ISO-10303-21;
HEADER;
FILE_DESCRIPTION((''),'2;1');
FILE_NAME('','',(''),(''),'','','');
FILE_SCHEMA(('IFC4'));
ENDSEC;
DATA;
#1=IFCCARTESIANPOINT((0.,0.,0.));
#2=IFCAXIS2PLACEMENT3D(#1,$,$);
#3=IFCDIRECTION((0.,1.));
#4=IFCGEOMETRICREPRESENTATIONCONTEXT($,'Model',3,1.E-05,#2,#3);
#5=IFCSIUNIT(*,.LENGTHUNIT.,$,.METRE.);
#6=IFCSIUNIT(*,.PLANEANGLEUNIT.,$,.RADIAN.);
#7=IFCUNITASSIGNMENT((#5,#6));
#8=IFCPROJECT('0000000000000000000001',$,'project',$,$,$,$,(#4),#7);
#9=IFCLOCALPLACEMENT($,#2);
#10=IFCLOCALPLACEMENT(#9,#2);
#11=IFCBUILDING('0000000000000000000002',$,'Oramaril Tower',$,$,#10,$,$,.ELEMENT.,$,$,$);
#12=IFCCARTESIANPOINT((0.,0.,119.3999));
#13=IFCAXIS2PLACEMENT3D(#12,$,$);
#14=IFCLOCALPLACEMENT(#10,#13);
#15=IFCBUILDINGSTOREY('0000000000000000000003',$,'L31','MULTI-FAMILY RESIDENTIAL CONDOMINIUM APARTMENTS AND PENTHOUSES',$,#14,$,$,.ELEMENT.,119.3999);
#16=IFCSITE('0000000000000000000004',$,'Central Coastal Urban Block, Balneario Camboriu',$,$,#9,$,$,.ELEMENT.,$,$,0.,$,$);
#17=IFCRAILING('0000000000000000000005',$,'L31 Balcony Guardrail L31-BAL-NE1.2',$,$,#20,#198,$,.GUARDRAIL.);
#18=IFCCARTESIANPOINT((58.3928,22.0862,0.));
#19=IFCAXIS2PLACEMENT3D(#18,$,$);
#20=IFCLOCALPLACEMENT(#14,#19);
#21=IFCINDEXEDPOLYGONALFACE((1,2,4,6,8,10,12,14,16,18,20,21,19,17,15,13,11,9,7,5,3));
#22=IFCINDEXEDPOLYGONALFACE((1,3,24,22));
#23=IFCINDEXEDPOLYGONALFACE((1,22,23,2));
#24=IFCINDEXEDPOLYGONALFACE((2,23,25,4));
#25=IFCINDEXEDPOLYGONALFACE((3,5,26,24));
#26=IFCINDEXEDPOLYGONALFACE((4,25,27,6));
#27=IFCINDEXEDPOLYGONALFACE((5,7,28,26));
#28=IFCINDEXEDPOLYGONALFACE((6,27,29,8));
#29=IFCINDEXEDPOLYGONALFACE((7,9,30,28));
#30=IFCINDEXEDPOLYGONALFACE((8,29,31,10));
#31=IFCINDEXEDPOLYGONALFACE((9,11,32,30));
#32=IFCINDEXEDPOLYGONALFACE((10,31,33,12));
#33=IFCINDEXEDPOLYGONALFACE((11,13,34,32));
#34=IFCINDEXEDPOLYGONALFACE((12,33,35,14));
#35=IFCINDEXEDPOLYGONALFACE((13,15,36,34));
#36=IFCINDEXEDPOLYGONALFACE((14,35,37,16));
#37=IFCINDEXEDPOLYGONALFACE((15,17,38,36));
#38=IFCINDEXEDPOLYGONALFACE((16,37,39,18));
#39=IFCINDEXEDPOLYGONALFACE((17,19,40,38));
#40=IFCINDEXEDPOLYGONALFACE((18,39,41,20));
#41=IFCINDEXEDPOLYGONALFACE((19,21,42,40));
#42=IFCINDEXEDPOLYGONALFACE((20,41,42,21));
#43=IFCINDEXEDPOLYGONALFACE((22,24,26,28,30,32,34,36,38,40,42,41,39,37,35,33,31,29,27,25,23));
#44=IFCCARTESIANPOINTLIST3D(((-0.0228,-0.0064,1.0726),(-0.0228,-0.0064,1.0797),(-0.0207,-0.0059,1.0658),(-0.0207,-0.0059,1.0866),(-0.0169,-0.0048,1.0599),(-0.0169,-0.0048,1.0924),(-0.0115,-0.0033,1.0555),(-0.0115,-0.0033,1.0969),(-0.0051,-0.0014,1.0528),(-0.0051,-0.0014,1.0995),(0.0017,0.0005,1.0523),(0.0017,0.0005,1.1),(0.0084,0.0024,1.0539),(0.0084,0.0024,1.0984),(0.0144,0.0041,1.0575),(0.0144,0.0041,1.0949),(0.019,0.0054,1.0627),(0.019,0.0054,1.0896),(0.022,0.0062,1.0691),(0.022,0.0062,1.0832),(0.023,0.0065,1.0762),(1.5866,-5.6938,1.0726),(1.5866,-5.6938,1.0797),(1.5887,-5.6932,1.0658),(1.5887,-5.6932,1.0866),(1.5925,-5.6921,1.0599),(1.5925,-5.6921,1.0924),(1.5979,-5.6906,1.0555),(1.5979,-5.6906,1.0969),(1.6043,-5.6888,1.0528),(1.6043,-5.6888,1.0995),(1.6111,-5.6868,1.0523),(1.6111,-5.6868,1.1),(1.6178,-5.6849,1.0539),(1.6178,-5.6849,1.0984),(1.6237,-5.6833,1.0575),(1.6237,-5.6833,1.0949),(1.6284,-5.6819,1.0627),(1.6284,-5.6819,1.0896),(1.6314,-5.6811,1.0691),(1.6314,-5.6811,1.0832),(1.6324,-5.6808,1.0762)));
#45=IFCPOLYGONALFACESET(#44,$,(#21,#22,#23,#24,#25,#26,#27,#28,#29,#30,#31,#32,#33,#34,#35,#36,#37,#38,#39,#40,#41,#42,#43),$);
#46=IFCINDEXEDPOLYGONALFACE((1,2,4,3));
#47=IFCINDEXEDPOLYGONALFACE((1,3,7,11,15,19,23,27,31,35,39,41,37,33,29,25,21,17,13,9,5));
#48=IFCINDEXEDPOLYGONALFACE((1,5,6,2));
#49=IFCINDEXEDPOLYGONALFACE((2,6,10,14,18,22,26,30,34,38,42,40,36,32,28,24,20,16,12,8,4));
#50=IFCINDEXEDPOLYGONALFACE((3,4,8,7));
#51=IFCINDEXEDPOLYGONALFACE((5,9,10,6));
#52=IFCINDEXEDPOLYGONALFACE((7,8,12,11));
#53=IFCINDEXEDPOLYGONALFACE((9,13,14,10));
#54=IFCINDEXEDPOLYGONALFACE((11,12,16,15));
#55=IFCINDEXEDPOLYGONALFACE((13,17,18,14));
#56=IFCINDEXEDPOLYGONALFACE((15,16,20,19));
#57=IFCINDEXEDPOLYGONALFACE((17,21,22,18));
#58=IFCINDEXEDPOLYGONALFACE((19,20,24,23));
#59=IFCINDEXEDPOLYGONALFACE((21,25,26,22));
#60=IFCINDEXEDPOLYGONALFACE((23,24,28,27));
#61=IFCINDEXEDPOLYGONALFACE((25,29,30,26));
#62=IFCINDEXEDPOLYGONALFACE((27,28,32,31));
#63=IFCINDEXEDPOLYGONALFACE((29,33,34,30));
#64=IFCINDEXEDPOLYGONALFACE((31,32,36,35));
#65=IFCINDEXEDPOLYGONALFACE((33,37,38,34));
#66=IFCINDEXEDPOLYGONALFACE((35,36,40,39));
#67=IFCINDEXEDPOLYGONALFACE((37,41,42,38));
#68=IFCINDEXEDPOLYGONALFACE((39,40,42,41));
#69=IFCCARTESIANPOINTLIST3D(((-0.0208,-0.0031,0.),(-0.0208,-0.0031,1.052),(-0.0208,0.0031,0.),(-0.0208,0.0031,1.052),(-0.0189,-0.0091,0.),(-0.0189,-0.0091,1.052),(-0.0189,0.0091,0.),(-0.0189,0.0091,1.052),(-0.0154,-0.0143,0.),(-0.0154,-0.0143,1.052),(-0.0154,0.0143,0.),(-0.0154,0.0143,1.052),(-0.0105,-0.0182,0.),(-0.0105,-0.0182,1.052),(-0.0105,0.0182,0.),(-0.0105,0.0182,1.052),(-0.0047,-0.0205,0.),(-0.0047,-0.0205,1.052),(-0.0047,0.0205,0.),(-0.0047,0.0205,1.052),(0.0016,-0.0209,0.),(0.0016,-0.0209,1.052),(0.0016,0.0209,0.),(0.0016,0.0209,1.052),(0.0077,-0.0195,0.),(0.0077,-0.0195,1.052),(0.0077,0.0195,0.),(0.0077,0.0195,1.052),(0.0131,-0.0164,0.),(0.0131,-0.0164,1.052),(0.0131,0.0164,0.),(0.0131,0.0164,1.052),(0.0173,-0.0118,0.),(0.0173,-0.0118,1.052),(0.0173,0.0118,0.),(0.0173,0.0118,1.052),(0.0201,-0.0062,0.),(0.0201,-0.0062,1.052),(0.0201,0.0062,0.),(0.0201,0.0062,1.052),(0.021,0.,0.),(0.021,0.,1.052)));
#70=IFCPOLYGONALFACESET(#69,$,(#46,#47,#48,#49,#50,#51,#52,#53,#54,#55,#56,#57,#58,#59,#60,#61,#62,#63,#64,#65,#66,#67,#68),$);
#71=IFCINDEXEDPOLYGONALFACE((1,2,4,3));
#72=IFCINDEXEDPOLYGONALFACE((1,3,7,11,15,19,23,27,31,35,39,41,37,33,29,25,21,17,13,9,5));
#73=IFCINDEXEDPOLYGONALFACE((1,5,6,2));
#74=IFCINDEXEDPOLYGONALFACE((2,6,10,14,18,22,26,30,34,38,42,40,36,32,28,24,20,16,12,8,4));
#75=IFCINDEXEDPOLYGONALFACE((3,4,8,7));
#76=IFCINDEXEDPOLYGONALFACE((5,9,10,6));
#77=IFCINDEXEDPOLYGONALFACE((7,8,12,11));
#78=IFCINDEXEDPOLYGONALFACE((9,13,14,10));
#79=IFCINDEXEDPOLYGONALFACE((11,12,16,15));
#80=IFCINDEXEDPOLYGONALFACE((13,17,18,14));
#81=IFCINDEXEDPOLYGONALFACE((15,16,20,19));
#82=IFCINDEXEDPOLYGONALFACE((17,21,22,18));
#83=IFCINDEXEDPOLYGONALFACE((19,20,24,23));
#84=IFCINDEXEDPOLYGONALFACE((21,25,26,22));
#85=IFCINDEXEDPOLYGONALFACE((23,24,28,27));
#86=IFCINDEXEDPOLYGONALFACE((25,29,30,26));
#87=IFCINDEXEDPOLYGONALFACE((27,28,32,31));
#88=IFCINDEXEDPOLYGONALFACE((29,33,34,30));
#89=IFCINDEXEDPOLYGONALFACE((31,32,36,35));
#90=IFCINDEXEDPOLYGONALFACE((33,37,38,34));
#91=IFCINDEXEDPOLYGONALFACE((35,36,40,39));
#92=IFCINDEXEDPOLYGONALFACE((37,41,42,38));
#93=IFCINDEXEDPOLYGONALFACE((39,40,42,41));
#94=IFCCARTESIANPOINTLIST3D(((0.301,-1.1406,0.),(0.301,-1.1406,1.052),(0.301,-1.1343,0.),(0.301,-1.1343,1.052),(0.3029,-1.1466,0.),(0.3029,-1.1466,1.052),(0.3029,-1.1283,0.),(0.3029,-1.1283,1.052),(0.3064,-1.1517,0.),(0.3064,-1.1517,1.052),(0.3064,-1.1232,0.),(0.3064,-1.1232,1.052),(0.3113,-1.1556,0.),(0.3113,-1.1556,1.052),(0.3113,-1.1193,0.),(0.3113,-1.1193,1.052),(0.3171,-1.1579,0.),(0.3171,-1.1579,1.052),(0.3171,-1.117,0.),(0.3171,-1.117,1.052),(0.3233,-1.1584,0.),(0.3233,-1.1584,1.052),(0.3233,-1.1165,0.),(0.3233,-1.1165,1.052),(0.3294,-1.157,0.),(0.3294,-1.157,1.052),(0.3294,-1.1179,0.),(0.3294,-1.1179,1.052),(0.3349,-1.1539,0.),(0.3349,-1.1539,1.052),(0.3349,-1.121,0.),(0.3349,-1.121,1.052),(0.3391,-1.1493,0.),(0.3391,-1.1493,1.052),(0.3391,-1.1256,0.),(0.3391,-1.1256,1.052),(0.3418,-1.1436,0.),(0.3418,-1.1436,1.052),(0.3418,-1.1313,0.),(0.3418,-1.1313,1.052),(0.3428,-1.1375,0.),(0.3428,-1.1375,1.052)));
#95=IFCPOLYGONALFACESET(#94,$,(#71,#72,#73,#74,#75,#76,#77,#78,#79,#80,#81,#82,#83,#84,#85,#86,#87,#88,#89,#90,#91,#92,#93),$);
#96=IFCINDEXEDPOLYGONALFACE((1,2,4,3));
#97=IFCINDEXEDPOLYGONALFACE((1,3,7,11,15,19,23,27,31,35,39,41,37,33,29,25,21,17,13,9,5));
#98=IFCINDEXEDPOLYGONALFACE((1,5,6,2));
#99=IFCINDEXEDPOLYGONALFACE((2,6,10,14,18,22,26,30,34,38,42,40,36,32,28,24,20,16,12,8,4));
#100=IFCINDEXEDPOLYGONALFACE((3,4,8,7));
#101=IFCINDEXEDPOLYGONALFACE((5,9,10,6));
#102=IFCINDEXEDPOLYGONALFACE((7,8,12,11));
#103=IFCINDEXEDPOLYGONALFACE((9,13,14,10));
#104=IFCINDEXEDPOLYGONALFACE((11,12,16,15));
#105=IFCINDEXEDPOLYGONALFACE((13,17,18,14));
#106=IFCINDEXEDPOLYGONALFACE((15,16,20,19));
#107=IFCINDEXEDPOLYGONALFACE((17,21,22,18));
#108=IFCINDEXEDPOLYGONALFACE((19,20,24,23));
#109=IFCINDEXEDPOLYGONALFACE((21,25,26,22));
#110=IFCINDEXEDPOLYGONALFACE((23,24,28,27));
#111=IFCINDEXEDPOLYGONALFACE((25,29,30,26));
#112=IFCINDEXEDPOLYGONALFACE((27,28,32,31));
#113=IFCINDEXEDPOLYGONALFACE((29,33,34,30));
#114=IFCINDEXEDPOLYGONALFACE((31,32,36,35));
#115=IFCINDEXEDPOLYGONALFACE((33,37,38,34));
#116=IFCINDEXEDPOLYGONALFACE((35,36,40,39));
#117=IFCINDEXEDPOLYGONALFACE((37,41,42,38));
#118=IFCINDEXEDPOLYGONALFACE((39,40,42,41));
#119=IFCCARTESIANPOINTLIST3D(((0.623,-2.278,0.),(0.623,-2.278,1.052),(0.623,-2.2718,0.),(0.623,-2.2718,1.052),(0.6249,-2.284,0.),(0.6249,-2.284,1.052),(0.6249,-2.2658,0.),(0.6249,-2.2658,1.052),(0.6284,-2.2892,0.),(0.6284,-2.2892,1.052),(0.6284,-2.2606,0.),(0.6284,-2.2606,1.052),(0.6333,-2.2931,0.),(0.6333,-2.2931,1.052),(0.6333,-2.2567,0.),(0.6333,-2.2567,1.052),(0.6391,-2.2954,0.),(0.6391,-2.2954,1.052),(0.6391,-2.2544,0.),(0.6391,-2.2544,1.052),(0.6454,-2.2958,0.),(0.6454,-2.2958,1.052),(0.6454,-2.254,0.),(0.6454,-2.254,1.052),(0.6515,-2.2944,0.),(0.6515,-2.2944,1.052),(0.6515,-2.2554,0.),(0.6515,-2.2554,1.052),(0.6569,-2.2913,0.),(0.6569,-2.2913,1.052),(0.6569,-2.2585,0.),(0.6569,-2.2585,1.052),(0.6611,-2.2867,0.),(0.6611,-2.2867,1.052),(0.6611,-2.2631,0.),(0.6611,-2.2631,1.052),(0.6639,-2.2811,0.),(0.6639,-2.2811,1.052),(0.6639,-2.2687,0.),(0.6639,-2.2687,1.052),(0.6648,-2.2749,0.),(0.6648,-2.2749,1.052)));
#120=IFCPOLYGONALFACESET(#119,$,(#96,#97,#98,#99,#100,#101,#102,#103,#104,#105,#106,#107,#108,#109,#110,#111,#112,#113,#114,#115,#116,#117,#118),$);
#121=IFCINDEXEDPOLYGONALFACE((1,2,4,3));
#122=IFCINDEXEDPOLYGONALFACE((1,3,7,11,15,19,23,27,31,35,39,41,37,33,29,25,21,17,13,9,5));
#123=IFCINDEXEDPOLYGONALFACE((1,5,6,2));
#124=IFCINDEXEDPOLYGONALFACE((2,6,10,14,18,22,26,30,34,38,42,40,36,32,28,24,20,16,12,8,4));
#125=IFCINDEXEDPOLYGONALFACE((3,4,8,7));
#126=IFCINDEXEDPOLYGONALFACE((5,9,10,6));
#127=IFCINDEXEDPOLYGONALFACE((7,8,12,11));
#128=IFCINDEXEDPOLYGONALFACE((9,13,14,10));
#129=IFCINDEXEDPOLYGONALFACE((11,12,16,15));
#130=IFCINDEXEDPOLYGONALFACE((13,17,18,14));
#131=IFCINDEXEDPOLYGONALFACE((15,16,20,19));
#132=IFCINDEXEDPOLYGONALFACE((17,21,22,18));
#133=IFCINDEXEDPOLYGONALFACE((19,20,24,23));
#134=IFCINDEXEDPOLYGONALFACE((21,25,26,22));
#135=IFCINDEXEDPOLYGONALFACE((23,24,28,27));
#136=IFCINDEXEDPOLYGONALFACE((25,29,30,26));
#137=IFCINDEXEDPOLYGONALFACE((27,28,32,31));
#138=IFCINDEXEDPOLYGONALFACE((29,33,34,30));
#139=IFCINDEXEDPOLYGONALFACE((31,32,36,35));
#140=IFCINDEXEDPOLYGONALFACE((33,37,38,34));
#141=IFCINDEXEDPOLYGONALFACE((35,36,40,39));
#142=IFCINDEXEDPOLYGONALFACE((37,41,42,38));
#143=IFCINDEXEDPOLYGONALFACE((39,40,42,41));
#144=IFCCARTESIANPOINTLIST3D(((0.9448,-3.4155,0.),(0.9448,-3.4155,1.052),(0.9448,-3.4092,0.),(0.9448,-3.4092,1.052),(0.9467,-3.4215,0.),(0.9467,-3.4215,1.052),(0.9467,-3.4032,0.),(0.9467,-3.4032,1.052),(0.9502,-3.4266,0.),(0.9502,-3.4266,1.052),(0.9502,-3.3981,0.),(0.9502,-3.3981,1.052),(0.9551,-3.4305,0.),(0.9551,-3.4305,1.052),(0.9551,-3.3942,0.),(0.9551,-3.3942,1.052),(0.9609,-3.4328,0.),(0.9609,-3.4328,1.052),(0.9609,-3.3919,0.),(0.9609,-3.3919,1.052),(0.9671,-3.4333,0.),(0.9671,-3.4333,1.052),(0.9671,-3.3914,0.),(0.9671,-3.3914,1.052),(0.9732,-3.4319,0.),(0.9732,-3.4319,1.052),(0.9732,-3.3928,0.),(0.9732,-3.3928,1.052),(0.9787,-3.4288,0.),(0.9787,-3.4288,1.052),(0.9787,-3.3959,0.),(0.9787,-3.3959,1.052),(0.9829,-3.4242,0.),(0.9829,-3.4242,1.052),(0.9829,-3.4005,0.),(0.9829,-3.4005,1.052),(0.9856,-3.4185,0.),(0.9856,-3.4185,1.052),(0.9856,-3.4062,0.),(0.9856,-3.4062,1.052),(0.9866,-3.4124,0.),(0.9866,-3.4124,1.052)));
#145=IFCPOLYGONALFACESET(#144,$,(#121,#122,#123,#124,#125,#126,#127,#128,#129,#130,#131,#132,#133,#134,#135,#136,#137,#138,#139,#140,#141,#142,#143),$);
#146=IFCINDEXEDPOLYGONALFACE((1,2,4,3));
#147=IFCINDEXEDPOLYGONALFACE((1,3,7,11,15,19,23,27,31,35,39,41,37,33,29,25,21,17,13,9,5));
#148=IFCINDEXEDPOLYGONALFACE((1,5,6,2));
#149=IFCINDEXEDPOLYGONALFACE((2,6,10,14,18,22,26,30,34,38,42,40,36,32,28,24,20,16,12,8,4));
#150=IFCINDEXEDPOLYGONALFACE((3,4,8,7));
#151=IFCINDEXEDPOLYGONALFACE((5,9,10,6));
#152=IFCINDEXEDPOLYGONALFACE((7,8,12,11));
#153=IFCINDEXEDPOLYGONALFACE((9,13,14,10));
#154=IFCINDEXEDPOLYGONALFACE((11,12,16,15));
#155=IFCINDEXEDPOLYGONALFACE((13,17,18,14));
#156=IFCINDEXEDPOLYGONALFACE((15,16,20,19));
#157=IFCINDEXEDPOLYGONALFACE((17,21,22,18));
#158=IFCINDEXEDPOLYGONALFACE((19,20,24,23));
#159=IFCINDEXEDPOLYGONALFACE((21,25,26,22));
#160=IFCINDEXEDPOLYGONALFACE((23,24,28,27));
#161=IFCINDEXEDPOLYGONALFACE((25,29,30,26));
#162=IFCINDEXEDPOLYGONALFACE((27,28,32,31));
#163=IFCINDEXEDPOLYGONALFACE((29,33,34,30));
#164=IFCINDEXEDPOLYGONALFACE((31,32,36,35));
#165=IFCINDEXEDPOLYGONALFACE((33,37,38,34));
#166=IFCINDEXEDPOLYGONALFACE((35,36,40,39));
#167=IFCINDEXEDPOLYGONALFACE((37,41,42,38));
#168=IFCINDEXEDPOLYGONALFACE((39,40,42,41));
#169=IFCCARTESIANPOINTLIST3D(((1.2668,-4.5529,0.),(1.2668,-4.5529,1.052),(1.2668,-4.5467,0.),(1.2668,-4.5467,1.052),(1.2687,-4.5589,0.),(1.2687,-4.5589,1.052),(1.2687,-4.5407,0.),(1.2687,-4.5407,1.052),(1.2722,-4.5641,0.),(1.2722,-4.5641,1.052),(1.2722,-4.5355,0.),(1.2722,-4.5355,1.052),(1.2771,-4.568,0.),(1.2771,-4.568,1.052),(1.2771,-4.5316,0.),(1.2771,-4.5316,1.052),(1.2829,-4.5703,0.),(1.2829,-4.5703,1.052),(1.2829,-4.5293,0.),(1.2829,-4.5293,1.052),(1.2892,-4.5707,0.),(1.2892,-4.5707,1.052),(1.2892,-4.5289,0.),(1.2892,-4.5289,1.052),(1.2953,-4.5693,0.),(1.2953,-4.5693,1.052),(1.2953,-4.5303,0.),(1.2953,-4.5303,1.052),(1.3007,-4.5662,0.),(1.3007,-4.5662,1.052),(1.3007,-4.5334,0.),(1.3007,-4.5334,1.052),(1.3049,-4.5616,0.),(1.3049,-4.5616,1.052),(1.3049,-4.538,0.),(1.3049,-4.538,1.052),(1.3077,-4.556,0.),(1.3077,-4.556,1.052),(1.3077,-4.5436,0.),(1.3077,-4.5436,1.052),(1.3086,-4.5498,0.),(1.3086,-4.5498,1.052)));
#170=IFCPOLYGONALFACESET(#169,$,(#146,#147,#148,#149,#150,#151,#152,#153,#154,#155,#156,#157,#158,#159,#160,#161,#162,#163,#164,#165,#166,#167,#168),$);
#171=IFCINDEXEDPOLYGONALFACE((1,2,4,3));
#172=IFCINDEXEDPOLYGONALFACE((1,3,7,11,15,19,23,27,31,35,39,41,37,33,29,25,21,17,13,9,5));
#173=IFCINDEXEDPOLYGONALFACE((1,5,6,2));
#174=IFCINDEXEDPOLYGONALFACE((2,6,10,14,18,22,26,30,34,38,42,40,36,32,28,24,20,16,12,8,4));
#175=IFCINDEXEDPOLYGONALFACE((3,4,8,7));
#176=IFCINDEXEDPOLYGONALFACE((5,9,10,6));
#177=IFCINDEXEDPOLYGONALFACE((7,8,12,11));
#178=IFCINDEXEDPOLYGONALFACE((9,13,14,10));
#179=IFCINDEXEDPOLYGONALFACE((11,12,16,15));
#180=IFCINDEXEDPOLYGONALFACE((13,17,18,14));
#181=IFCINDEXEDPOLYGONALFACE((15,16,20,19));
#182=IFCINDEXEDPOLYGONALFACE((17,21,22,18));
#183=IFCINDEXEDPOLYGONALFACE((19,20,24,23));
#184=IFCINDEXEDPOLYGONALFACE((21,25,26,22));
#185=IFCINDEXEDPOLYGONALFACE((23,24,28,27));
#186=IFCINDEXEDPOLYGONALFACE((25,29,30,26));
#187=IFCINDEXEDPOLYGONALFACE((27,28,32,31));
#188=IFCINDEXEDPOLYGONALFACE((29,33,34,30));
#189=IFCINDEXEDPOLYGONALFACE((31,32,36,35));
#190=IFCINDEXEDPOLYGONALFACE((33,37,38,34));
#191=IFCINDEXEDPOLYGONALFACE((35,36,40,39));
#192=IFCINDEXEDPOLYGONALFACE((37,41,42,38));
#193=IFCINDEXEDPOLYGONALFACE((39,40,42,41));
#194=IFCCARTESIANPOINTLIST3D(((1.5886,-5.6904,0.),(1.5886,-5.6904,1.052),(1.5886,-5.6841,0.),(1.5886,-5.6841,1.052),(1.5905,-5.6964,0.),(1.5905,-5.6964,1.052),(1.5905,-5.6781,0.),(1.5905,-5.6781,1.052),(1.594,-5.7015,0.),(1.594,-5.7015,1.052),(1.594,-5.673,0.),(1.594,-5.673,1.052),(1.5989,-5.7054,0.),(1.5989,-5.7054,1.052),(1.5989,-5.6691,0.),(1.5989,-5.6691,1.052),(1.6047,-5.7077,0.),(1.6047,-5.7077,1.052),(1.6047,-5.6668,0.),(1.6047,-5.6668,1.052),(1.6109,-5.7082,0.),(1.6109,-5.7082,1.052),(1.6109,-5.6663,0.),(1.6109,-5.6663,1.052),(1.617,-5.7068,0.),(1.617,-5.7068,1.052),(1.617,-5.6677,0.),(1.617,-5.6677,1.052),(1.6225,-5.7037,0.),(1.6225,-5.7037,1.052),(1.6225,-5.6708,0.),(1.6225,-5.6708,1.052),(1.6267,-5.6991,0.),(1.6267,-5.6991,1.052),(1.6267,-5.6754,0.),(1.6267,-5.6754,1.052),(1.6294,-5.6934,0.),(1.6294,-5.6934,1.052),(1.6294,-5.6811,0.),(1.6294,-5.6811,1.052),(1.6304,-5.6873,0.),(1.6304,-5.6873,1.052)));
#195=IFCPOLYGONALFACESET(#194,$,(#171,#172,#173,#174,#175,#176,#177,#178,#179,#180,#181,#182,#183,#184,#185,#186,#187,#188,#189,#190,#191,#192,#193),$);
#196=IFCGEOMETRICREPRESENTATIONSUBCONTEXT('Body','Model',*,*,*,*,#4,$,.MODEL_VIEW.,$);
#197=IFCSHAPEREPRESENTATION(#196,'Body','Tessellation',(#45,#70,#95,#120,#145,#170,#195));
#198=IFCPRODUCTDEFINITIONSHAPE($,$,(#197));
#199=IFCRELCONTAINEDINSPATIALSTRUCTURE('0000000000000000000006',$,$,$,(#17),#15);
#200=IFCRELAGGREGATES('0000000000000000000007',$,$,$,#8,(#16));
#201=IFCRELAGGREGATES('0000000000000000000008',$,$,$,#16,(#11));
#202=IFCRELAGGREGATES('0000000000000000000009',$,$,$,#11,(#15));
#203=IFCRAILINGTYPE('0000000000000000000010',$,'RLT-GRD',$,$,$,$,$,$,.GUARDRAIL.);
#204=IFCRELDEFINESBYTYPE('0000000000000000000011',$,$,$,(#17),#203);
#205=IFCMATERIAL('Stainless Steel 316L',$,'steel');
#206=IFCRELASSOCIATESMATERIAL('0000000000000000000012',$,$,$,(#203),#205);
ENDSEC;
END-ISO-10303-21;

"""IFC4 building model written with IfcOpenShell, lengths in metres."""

from ifc_helpers import new_model, si_unit, direction, frame, origin, origin_2d, place, context, subcontext, project, spatial, circle, extrude, material, type_object, element, save


model = new_model("IFC4")

# Units and contexts
model_context = context("Model", 3, precision=1e-05, world=origin(), true_north=direction((0.0, 1.0)))
body_context = subcontext(model_context, "Body", "Model", "MODEL_VIEW")
ifc_project = project(units=[si_unit("LENGTHUNIT", "METRE"), si_unit("PLANEANGLEUNIT", "RADIAN")], contexts=[model_context])

# Site, building, storey
site_placement = place(None, origin())
site = spatial("IfcSite", under=ifc_project, at=site_placement, Name="Central Coastal Urban Block, Balneario Camboriu", CompositionType="ELEMENT", RefElevation=0.0)
building_placement = place(site_placement, origin())
building = spatial("IfcBuilding", under=site, at=building_placement, Name="Oramaril Tower", CompositionType="ELEMENT")
storey_placement = place(building_placement, frame((0.0, 0.0, 119.3999)))
storey = spatial("IfcBuildingStorey", under=building, at=storey_placement, Name="L31", Description="MULTI-FAMILY RESIDENTIAL CONDOMINIUM APARTMENTS AND PENTHOUSES", CompositionType="ELEMENT", Elevation=119.3999)

# Railing
ifc_material_1 = material(Name="Stainless Steel 316L", Category="steel")
railing_type = type_object("IfcRailingType", Name="RLT-GRD", PredefinedType="GUARDRAIL", material=ifc_material_1)
railing_1_placement = place(storey_placement, frame((58.3928, 22.0862, 0.0)))
element("IfcRailing", 1, at=railing_1_placement, inside=storey, type_object=railing_type, Name="L31 Balcony Guardrail L31-BAL-NE1.2", PredefinedType="GUARDRAIL", context=body_context, shape_type="SweptSolid", body=[
    extrude(circle(Radius=0.0239, at=origin_2d()), frame((0.0, 0.0, 1.0762), z_axis=(0.272287, -0.962216, 0.0), x_axis=(0.962216, 0.272287, 0.0)), (0.0, 0.0, 1.0), 5.9106),
    extrude(circle(Radius=0.021, at=origin_2d()), origin(), (0.0, 0.0, 1.0), 1.052),
    extrude(circle(Radius=0.021, at=origin_2d()), frame((0.3218, -1.1375, 0.0)), (0.0, 0.0, 1.0), 1.052),
    extrude(circle(Radius=0.021, at=origin_2d()), frame((0.6438, -2.2749, 0.0)), (0.0, 0.0, 1.0), 1.052),
    extrude(circle(Radius=0.021, at=origin_2d()), frame((0.9656, -3.4124, 0.0)), (0.0, 0.0, 1.0), 1.052),
    extrude(circle(Radius=0.021, at=origin_2d()), frame((1.2876, -4.5498, 0.0)), (0.0, 0.0, 1.0), 1.052),
    extrude(circle(Radius=0.021, at=origin_2d()), frame((1.6094, -5.6873, 0.0)), (0.0, 0.0, 1.0), 1.052),
])

save(model, "model.ifc")
